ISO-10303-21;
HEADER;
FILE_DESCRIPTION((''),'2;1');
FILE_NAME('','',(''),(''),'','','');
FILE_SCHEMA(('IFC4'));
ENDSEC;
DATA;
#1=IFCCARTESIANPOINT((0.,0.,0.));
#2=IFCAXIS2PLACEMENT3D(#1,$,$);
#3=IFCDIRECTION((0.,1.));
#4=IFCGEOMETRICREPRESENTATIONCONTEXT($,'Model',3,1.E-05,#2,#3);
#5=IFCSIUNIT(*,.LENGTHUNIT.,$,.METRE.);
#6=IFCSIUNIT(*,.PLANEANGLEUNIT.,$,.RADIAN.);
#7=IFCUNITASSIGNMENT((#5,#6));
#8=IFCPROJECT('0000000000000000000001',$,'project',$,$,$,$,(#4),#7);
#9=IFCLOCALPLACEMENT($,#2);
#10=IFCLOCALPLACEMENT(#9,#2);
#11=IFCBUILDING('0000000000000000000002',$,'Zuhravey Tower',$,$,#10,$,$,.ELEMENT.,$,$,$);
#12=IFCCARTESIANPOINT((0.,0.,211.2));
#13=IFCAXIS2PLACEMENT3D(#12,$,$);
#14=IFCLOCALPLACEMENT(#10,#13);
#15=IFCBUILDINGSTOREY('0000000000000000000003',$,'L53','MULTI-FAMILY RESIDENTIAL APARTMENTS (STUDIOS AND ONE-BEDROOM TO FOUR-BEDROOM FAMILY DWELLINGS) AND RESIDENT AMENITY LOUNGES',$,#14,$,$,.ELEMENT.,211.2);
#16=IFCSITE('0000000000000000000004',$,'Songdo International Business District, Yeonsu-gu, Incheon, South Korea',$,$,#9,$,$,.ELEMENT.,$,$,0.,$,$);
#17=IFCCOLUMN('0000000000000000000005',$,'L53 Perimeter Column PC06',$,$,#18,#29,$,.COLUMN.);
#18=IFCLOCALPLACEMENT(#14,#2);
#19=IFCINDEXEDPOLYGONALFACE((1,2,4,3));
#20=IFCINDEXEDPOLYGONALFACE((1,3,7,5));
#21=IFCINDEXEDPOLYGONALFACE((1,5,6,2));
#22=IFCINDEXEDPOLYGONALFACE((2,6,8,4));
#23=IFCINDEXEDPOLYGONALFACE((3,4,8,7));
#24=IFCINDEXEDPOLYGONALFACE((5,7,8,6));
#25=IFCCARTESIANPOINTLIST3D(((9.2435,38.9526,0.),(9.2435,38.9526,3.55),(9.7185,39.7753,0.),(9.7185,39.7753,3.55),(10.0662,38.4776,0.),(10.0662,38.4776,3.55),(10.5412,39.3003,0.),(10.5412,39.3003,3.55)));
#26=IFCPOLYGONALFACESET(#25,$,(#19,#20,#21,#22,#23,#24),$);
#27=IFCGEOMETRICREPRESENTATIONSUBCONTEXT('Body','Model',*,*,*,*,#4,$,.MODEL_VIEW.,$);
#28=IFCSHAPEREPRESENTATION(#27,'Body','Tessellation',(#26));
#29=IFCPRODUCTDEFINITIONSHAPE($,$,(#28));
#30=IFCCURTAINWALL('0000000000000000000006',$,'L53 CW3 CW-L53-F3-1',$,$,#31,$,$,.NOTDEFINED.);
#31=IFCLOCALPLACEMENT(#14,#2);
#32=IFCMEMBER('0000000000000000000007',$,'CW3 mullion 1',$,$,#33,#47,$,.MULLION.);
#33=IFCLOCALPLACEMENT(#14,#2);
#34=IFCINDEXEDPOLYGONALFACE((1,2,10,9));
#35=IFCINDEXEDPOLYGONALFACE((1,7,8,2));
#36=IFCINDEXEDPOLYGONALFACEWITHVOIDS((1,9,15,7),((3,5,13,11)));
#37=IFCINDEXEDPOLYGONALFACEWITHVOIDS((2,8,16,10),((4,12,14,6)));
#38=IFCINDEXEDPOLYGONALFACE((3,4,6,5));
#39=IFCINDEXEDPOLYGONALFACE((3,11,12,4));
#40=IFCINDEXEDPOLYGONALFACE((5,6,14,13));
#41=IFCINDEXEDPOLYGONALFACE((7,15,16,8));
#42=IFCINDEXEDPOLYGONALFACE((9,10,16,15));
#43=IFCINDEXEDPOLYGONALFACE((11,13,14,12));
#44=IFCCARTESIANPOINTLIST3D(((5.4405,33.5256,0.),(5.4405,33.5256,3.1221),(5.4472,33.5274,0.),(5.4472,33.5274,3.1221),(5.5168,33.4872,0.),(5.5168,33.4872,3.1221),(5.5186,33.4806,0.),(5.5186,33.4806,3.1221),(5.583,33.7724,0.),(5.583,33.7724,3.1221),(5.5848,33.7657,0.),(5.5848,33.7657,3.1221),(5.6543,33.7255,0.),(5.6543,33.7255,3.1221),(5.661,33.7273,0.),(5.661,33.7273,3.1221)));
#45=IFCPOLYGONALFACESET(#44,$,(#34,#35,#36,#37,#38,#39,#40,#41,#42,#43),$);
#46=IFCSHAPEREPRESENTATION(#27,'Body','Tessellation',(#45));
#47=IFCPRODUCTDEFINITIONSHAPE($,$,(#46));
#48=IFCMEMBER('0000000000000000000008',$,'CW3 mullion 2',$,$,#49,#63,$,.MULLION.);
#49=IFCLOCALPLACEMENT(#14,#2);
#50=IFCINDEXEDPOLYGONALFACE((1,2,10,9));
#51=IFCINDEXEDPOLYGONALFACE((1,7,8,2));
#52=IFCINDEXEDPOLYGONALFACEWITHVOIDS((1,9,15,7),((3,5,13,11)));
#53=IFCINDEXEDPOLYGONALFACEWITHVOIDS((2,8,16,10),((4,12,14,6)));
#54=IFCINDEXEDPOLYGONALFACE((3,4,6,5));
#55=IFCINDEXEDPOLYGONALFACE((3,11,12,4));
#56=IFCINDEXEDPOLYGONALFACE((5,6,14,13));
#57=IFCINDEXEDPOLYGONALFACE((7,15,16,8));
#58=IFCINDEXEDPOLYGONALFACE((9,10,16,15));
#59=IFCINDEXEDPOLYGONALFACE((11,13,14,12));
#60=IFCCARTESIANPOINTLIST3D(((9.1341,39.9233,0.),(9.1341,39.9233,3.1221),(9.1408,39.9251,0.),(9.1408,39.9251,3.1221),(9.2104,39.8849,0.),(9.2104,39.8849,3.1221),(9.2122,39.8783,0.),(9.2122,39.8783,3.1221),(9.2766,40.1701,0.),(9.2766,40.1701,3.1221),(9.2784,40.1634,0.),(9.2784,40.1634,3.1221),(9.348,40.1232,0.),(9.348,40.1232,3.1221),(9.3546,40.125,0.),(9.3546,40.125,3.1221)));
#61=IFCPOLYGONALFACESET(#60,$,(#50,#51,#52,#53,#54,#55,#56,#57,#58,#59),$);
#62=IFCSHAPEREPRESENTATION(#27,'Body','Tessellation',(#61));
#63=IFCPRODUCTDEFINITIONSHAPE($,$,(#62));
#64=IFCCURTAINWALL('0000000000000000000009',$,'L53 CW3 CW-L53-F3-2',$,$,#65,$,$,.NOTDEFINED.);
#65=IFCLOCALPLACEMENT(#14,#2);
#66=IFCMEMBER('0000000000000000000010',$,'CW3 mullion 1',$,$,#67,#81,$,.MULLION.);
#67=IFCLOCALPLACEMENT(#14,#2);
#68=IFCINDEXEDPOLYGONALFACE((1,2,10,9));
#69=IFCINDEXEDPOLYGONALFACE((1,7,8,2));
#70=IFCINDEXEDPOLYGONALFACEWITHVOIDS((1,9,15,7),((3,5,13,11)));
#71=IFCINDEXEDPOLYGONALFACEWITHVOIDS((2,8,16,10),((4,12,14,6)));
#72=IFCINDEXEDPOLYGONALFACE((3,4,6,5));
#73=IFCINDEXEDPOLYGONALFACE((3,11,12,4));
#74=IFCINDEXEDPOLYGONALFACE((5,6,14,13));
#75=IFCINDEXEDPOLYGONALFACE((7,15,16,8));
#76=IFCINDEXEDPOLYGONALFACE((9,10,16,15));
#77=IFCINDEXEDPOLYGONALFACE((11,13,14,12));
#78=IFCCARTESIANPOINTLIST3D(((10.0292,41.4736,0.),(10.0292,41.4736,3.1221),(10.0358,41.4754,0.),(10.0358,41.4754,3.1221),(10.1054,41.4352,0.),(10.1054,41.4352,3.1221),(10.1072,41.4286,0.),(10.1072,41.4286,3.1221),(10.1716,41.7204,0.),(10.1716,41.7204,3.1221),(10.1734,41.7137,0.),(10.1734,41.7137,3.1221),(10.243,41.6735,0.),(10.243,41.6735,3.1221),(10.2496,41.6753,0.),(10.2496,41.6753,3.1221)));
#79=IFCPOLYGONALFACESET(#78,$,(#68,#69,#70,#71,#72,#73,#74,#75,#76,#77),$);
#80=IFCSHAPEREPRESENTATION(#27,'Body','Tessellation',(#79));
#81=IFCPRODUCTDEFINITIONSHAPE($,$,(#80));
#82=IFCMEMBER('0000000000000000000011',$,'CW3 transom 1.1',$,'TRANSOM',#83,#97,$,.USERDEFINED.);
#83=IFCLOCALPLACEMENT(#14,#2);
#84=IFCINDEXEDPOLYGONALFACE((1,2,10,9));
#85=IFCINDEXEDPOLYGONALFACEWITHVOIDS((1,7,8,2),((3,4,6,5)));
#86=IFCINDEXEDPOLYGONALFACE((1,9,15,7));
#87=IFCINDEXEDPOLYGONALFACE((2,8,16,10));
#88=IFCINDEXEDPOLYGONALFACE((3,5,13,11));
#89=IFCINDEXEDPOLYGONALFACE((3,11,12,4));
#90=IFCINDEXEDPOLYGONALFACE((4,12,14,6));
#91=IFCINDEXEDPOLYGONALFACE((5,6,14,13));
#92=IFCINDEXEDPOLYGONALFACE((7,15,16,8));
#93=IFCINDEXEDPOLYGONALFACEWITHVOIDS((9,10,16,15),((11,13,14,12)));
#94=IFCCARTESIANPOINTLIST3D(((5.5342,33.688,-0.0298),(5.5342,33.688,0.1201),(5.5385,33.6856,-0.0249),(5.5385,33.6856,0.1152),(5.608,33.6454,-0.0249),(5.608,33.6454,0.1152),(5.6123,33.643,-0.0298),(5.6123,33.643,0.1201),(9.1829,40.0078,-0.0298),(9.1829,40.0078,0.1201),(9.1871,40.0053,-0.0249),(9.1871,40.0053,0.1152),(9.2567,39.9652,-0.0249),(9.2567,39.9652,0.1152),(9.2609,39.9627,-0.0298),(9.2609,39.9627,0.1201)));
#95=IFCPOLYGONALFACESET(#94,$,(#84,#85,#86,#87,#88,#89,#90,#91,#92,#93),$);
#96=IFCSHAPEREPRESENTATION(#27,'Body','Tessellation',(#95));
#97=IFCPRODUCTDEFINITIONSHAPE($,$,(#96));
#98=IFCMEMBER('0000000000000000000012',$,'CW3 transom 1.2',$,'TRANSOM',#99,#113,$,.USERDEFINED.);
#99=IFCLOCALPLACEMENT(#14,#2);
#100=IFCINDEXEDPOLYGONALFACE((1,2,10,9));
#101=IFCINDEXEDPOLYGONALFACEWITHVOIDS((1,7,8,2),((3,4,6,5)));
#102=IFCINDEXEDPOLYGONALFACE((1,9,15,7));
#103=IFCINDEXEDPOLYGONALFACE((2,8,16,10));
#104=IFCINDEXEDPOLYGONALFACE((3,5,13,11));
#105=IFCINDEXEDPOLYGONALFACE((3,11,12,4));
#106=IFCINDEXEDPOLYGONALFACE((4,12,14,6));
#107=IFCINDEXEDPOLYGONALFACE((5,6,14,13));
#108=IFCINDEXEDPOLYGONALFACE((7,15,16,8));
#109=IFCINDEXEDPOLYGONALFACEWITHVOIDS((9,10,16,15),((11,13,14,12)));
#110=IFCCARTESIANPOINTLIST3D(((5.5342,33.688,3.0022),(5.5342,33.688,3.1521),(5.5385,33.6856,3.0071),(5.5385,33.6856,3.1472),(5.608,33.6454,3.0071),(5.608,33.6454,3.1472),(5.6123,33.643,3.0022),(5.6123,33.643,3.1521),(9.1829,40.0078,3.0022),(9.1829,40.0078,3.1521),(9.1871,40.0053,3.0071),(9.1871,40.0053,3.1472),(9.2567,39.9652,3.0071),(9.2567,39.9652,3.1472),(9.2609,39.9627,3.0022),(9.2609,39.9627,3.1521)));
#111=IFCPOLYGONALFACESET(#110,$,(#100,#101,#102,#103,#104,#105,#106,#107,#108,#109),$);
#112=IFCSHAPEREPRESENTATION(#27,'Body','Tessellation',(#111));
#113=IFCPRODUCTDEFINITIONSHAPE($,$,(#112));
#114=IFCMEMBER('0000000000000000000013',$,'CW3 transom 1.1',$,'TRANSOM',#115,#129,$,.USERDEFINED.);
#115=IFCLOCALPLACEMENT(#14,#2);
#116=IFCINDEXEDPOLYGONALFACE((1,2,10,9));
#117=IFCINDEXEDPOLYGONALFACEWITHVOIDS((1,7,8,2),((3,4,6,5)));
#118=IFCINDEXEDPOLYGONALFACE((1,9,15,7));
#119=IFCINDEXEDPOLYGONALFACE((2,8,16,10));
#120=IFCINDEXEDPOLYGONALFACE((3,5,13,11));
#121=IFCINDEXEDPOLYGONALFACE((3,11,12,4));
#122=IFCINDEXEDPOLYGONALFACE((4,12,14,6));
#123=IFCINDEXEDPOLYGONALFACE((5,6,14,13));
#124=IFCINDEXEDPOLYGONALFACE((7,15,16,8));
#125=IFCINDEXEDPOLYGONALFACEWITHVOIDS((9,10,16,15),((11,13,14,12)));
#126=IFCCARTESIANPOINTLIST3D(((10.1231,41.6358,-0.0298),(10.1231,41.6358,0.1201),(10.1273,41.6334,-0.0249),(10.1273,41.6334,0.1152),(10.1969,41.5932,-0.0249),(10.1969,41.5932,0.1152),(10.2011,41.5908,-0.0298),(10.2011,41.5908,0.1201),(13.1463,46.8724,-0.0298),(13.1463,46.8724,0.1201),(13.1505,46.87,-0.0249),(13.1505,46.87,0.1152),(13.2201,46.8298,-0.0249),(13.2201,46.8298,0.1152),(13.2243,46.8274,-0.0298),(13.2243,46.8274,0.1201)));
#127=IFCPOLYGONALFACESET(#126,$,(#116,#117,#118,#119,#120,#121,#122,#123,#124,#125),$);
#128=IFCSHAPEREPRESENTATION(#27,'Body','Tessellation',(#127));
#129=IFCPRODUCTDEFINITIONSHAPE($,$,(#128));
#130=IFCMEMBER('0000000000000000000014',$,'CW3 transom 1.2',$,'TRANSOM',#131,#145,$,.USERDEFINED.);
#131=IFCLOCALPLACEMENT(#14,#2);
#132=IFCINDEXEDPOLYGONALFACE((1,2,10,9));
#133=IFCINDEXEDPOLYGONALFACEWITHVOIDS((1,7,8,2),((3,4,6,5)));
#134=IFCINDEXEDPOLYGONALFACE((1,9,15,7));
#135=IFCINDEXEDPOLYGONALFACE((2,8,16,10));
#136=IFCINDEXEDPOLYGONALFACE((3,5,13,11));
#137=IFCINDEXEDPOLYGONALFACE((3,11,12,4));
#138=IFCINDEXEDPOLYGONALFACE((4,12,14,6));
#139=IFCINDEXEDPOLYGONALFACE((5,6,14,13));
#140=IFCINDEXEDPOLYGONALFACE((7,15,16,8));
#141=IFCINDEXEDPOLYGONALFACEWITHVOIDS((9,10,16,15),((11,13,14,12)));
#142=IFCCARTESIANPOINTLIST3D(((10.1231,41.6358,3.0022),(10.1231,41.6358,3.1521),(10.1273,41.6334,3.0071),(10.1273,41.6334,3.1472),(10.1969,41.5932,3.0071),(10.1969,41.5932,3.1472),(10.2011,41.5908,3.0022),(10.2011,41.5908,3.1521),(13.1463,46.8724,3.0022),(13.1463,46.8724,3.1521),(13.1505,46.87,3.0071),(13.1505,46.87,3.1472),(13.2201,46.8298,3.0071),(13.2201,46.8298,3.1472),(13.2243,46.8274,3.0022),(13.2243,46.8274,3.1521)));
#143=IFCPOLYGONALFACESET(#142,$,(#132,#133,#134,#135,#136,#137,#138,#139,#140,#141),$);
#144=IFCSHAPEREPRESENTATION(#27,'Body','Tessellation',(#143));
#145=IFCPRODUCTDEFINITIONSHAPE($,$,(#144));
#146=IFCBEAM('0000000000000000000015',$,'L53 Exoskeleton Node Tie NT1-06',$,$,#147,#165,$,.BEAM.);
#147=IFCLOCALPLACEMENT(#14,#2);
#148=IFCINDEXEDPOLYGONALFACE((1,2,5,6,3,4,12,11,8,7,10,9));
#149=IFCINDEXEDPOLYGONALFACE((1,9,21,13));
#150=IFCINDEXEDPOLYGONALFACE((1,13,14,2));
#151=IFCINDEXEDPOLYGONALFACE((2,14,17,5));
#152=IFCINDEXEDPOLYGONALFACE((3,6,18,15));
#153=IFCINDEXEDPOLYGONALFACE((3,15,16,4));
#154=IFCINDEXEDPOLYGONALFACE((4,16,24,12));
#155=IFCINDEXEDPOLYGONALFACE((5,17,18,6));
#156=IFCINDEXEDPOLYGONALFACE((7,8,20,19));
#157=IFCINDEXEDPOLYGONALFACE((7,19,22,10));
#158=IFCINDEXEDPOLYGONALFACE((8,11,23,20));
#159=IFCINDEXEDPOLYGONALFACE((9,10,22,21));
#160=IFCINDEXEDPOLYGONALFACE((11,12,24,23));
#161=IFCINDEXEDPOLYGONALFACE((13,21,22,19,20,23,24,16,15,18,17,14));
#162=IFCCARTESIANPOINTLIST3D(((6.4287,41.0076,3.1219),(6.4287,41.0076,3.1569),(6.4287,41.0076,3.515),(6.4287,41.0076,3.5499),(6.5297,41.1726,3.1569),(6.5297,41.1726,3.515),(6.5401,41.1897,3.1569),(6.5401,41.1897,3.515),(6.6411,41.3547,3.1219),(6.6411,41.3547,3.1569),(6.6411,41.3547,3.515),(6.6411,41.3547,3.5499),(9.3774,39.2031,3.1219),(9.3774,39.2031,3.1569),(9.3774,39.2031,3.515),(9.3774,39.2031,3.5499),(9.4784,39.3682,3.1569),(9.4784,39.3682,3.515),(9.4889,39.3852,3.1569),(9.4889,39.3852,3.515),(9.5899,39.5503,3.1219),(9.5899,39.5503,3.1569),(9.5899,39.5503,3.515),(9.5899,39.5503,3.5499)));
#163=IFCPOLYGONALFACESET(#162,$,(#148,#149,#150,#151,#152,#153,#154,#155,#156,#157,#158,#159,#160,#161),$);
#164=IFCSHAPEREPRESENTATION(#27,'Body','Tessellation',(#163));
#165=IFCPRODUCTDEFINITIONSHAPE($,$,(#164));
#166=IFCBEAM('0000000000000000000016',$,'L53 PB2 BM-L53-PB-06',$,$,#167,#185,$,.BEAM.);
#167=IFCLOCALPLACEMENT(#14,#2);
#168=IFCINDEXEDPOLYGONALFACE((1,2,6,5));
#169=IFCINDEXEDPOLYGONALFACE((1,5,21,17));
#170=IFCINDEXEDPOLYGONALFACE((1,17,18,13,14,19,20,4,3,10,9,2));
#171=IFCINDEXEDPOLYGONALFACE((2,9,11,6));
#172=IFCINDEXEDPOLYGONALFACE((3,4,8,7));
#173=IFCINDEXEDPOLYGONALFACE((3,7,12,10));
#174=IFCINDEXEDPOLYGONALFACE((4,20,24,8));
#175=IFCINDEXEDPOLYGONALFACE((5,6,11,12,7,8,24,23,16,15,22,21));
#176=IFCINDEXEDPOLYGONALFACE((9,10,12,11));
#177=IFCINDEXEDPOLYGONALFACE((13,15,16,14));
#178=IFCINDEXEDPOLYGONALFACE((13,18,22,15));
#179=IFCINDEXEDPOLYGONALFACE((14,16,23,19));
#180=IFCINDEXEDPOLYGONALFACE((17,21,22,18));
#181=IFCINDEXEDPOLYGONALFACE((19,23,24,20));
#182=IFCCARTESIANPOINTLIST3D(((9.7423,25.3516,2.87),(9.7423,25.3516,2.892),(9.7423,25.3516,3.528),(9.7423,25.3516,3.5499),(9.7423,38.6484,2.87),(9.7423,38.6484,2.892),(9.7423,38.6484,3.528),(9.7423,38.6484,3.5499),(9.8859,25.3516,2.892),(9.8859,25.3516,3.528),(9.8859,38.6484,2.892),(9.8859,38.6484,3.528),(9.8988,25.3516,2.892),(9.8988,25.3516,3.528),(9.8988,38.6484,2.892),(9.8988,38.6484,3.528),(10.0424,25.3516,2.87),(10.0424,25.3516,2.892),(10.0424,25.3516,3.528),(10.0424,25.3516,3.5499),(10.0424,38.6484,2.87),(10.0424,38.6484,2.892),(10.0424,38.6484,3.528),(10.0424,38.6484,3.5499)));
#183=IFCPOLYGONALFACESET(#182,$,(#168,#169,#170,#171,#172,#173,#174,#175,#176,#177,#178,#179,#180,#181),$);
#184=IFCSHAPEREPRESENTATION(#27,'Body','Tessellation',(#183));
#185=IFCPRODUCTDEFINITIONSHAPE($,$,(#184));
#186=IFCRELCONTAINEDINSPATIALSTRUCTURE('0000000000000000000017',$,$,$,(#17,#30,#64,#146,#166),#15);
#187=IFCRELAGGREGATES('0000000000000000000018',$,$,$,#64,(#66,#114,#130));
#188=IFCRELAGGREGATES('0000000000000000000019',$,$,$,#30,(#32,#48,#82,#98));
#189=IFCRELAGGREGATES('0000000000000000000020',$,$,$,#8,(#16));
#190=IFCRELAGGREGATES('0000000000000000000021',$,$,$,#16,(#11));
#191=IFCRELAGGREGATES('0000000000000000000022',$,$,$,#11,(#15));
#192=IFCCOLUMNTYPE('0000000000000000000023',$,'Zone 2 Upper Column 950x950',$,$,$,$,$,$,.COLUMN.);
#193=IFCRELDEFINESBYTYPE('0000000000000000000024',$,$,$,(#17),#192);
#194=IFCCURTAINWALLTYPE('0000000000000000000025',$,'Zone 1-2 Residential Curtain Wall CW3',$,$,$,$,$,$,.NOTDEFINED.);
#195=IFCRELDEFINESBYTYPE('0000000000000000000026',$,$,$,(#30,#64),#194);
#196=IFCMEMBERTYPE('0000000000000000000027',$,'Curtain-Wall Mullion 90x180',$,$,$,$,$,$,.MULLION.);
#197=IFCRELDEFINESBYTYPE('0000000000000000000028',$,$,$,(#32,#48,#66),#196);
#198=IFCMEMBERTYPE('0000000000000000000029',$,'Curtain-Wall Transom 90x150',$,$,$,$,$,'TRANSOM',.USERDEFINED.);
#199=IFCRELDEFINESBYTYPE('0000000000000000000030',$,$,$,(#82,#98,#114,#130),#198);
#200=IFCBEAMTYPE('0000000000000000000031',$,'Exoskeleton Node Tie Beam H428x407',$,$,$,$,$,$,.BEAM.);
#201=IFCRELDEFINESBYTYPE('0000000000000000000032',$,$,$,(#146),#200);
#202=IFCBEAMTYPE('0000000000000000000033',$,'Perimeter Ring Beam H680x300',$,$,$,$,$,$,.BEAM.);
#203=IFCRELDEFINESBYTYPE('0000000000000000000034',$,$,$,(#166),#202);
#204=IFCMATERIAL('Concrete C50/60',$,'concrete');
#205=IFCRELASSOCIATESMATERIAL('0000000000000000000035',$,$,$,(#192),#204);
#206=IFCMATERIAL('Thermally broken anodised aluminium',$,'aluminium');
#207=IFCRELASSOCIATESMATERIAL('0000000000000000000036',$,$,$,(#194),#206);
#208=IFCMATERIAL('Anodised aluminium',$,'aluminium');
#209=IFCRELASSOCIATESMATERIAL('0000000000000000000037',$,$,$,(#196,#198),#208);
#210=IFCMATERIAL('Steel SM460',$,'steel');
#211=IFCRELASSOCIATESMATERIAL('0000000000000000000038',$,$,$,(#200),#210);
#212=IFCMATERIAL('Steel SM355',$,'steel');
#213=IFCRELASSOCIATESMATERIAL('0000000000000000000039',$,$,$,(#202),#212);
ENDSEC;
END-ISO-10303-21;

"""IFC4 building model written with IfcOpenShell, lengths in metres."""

from ifc_helpers import new_model, si_unit, direction, frame, origin, origin_2d, place, context, subcontext, project, spatial, rectangle, hollow_rectangle, i_section, extrude, material, material_profile, profile_set, type_object, element, aggregate, save


model = new_model("IFC4")

# Units and contexts
model_context = context("Model", 3, precision=1e-05, world=origin(), true_north=direction((0.0, 1.0)))
body_context = subcontext(model_context, "Body", "Model", "MODEL_VIEW")
ifc_project = project(units=[si_unit("LENGTHUNIT", "METRE"), si_unit("PLANEANGLEUNIT", "RADIAN")], contexts=[model_context])

# Site, building, storey
site_placement = place(None, origin())
site = spatial("IfcSite", under=ifc_project, at=site_placement, Name="Songdo International Business District, Yeonsu-gu, Incheon, South Korea", CompositionType="ELEMENT", RefElevation=0.0)
building_placement = place(site_placement, origin())
building = spatial("IfcBuilding", under=site, at=building_placement, Name="Zuhravey Tower", CompositionType="ELEMENT")
storey_placement = place(building_placement, frame((0.0, 0.0, 211.2)))
storey = spatial("IfcBuildingStorey", under=building, at=storey_placement, Name="L53", Description="MULTI-FAMILY RESIDENTIAL APARTMENTS (STUDIOS AND ONE-BEDROOM TO FOUR-BEDROOM FAMILY DWELLINGS) AND RESIDENT AMENITY LOUNGES", CompositionType="ELEMENT", Elevation=211.2)

# Column
ifc_material_1 = material(Name="Concrete C50/60", Category="concrete")
ifc_material_profile_1 = material_profile(ifc_material_1, rectangle(XDim=0.95, YDim=0.95, at=origin_2d()), Name="RC-950x950")
ifc_profile_set_1 = profile_set([ifc_material_profile_1], Name="Concrete C50/60")
column_type = type_object("IfcColumnType", Name="Zone 2 Upper Column 950x950", PredefinedType="COLUMN", material=ifc_profile_set_1)
column_placement = place(storey_placement, frame((9.8923, 39.1265, 0.0), z_axis=(0.0, 0.0, 1.0), x_axis=(-0.5, -0.866025, 0.0)))
element("IfcColumn", 1, at=column_placement, inside=storey, type_object=column_type, Name="L53 Perimeter Column PC06", PredefinedType="COLUMN", context=body_context, shape_type="SweptSolid", body=[
    extrude(rectangle(XDim=0.95, YDim=0.95, at=origin_2d()), origin(), (0.0, 0.0, 1.0), 3.55),
])

# Curtain wall, members
ifc_material_2 = material(Name="Thermally broken anodised aluminium", Category="aluminium")
curtain_wall_type = type_object("IfcCurtainWallType", Name="Zone 1-2 Residential Curtain Wall CW3", PredefinedType="NOTDEFINED", material=ifc_material_2)
curtain_wall_1_placement = place(storey_placement, origin())
curtain_wall_1 = element("IfcCurtainWall", 2, at=curtain_wall_1_placement, inside=storey, type_object=curtain_wall_type, Name="L53 CW3 CW-L53-F3-1", PredefinedType="NOTDEFINED")
ifc_material_3 = material(Name="Anodised aluminium", Category="aluminium")
ifc_material_profile_2 = material_profile(ifc_material_3, hollow_rectangle(XDim=0.0901, YDim=0.2849, WallThickness=0.0049, at=origin_2d()), Name="ALU-RHS-90x285x5")
ifc_profile_set_2 = profile_set([ifc_material_profile_2], Name="Anodised aluminium")
member_type_1 = type_object("IfcMemberType", Name="Curtain-Wall Mullion 90x180", PredefinedType="MULLION", material=ifc_profile_set_2)
member_1_placement = place(storey_placement, frame((5.5508, 33.6265, 0.0), z_axis=(0.0, 0.0, 1.0), x_axis=(-0.866022, 0.500005, 0.0)))
member_1 = element("IfcMember", 3, at=member_1_placement, type_object=member_type_1, Name="CW3 mullion 1", PredefinedType="MULLION", context=body_context, shape_type="SweptSolid", body=[
    extrude(hollow_rectangle(XDim=0.0901, YDim=0.2849, WallThickness=0.0049, at=origin_2d()), origin(), (0.0, 0.0, 1.0), 3.1221),
])
member_2_placement = place(storey_placement, frame((9.2444, 40.0242, 0.0), z_axis=(0.0, 0.0, 1.0), x_axis=(-0.866022, 0.500005, 0.0)))
member_2 = element("IfcMember", 4, at=member_2_placement, type_object=member_type_1, Name="CW3 mullion 2", PredefinedType="MULLION", context=body_context, shape_type="SweptSolid", body=[
    extrude(hollow_rectangle(XDim=0.0901, YDim=0.2849, WallThickness=0.0049, at=origin_2d()), origin(), (0.0, 0.0, 1.0), 3.1221),
])

# Curtain wall, member
curtain_wall_2_placement = place(storey_placement, origin())
curtain_wall_2 = element("IfcCurtainWall", 5, at=curtain_wall_2_placement, inside=storey, type_object=curtain_wall_type, Name="L53 CW3 CW-L53-F3-2", PredefinedType="NOTDEFINED")
member_3_placement = place(storey_placement, frame((10.1394, 41.5745, 0.0), z_axis=(0.0, 0.0, 1.0), x_axis=(-0.866027, 0.499998, 0.0)))
member_3 = element("IfcMember", 6, at=member_3_placement, type_object=member_type_1, Name="CW3 mullion 1", PredefinedType="MULLION", context=body_context, shape_type="SweptSolid", body=[
    extrude(hollow_rectangle(XDim=0.0901, YDim=0.2849, WallThickness=0.0049, at=origin_2d()), origin(), (0.0, 0.0, 1.0), 3.1221),
])

# Members
ifc_material_profile_3 = material_profile(ifc_material_3, hollow_rectangle(XDim=0.0901, YDim=0.1499, WallThickness=0.0049, at=origin_2d()), Name="ALU-RHS-90x150x5")
ifc_profile_set_3 = profile_set([ifc_material_profile_3], Name="Anodised aluminium")
member_type_2 = type_object("IfcMemberType", Name="Curtain-Wall Transom 90x150", ElementType="TRANSOM", PredefinedType="USERDEFINED", material=ifc_profile_set_3)
member_4_placement = place(storey_placement, frame((5.5732, 33.6655, 0.0452), z_axis=(0.499993, 0.86603, 0.0), x_axis=(-0.86603, 0.499993, 0.0)))
member_4 = element("IfcMember", 7, at=member_4_placement, type_object=member_type_2, Name="CW3 transom 1.1", ObjectType="TRANSOM", PredefinedType="USERDEFINED", context=body_context, shape_type="SweptSolid", body=[
    extrude(hollow_rectangle(XDim=0.0901, YDim=0.1499, WallThickness=0.0049, at=origin_2d()), origin(), (0.0, 0.0, 1.0), 7.2974),
])
member_5_placement = place(storey_placement, frame((5.5732, 33.6655, 3.0771), z_axis=(0.499993, 0.86603, 0.0), x_axis=(-0.86603, 0.499993, 0.0)))
member_5 = element("IfcMember", 8, at=member_5_placement, type_object=member_type_2, Name="CW3 transom 1.2", ObjectType="TRANSOM", PredefinedType="USERDEFINED", context=body_context, shape_type="SweptSolid", body=[
    extrude(hollow_rectangle(XDim=0.0901, YDim=0.1499, WallThickness=0.0049, at=origin_2d()), origin(), (0.0, 0.0, 1.0), 7.2974),
])
member_6_placement = place(storey_placement, frame((10.1621, 41.6133, 0.0452), z_axis=(0.499982, 0.866036, 0.0), x_axis=(-0.866036, 0.499982, 0.0)))
member_6 = element("IfcMember", 9, at=member_6_placement, type_object=member_type_2, Name="CW3 transom 1.1", ObjectType="TRANSOM", PredefinedType="USERDEFINED", context=body_context, shape_type="SweptSolid", body=[
    extrude(hollow_rectangle(XDim=0.0901, YDim=0.1499, WallThickness=0.0049, at=origin_2d()), origin(), (0.0, 0.0, 1.0), 6.0466),
])
member_7_placement = place(storey_placement, frame((10.1621, 41.6133, 3.0771), z_axis=(0.499982, 0.866036, 0.0), x_axis=(-0.866036, 0.499982, 0.0)))
member_7 = element("IfcMember", 10, at=member_7_placement, type_object=member_type_2, Name="CW3 transom 1.2", ObjectType="TRANSOM", PredefinedType="USERDEFINED", context=body_context, shape_type="SweptSolid", body=[
    extrude(hollow_rectangle(XDim=0.0901, YDim=0.1499, WallThickness=0.0049, at=origin_2d()), origin(), (0.0, 0.0, 1.0), 6.0466),
])
aggregate(curtain_wall_2, [member_3, member_6, member_7])

# Beams
ifc_material_4 = material(Name="Steel SM460", Category="steel")
ifc_material_profile_4 = material_profile(ifc_material_4, i_section(OverallWidth=0.407, OverallDepth=0.428, WebThickness=0.02, FlangeThickness=0.0349, at=origin_2d()), Name="H-428x407x20x35")
ifc_profile_set_4 = profile_set([ifc_material_profile_4], Name="Steel SM460")
beam_type_1 = type_object("IfcBeamType", Name="Exoskeleton Node Tie Beam H428x407", PredefinedType="BEAM", material=ifc_profile_set_4)
beam_1_placement = place(storey_placement, frame((9.4836, 39.3767, 3.3359), z_axis=(-0.852967, 0.521964, 0.0), x_axis=(-0.521964, -0.852967, 0.0)))
element("IfcBeam", 11, at=beam_1_placement, inside=storey, type_object=beam_type_1, Name="L53 Exoskeleton Node Tie NT1-06", PredefinedType="BEAM", context=body_context, shape_type="SweptSolid", body=[
    extrude(i_section(OverallWidth=0.407, OverallDepth=0.428, WebThickness=0.02, FlangeThickness=0.0349, at=origin_2d()), origin(), (0.0, 0.0, 1.0), 3.457),
])
ifc_material_5 = material(Name="Steel SM355", Category="steel")
ifc_material_profile_5 = material_profile(ifc_material_5, i_section(OverallWidth=0.3, OverallDepth=0.6799, WebThickness=0.0129, FlangeThickness=0.022, at=origin_2d()), Name="H-680x300x13x22")
ifc_profile_set_5 = profile_set([ifc_material_profile_5], Name="Steel SM355")
beam_type_2 = type_object("IfcBeamType", Name="Perimeter Ring Beam H680x300", PredefinedType="BEAM", material=ifc_profile_set_5)
beam_2_placement = place(storey_placement, frame((9.8923, 38.6484, 3.21), z_axis=(0.0, -1.0, 0.0), x_axis=(1.0, 0.0, 0.0)))
element("IfcBeam", 12, at=beam_2_placement, inside=storey, type_object=beam_type_2, Name="L53 PB2 BM-L53-PB-06", PredefinedType="BEAM", context=body_context, shape_type="SweptSolid", body=[
    extrude(i_section(OverallWidth=0.3, OverallDepth=0.6799, WebThickness=0.0129, FlangeThickness=0.022, at=origin_2d()), origin(), (0.0, 0.0, 1.0), 13.2969),
])

aggregate(curtain_wall_1, [member_1, member_2, member_4, member_5])

save(model, "model.ifc")
